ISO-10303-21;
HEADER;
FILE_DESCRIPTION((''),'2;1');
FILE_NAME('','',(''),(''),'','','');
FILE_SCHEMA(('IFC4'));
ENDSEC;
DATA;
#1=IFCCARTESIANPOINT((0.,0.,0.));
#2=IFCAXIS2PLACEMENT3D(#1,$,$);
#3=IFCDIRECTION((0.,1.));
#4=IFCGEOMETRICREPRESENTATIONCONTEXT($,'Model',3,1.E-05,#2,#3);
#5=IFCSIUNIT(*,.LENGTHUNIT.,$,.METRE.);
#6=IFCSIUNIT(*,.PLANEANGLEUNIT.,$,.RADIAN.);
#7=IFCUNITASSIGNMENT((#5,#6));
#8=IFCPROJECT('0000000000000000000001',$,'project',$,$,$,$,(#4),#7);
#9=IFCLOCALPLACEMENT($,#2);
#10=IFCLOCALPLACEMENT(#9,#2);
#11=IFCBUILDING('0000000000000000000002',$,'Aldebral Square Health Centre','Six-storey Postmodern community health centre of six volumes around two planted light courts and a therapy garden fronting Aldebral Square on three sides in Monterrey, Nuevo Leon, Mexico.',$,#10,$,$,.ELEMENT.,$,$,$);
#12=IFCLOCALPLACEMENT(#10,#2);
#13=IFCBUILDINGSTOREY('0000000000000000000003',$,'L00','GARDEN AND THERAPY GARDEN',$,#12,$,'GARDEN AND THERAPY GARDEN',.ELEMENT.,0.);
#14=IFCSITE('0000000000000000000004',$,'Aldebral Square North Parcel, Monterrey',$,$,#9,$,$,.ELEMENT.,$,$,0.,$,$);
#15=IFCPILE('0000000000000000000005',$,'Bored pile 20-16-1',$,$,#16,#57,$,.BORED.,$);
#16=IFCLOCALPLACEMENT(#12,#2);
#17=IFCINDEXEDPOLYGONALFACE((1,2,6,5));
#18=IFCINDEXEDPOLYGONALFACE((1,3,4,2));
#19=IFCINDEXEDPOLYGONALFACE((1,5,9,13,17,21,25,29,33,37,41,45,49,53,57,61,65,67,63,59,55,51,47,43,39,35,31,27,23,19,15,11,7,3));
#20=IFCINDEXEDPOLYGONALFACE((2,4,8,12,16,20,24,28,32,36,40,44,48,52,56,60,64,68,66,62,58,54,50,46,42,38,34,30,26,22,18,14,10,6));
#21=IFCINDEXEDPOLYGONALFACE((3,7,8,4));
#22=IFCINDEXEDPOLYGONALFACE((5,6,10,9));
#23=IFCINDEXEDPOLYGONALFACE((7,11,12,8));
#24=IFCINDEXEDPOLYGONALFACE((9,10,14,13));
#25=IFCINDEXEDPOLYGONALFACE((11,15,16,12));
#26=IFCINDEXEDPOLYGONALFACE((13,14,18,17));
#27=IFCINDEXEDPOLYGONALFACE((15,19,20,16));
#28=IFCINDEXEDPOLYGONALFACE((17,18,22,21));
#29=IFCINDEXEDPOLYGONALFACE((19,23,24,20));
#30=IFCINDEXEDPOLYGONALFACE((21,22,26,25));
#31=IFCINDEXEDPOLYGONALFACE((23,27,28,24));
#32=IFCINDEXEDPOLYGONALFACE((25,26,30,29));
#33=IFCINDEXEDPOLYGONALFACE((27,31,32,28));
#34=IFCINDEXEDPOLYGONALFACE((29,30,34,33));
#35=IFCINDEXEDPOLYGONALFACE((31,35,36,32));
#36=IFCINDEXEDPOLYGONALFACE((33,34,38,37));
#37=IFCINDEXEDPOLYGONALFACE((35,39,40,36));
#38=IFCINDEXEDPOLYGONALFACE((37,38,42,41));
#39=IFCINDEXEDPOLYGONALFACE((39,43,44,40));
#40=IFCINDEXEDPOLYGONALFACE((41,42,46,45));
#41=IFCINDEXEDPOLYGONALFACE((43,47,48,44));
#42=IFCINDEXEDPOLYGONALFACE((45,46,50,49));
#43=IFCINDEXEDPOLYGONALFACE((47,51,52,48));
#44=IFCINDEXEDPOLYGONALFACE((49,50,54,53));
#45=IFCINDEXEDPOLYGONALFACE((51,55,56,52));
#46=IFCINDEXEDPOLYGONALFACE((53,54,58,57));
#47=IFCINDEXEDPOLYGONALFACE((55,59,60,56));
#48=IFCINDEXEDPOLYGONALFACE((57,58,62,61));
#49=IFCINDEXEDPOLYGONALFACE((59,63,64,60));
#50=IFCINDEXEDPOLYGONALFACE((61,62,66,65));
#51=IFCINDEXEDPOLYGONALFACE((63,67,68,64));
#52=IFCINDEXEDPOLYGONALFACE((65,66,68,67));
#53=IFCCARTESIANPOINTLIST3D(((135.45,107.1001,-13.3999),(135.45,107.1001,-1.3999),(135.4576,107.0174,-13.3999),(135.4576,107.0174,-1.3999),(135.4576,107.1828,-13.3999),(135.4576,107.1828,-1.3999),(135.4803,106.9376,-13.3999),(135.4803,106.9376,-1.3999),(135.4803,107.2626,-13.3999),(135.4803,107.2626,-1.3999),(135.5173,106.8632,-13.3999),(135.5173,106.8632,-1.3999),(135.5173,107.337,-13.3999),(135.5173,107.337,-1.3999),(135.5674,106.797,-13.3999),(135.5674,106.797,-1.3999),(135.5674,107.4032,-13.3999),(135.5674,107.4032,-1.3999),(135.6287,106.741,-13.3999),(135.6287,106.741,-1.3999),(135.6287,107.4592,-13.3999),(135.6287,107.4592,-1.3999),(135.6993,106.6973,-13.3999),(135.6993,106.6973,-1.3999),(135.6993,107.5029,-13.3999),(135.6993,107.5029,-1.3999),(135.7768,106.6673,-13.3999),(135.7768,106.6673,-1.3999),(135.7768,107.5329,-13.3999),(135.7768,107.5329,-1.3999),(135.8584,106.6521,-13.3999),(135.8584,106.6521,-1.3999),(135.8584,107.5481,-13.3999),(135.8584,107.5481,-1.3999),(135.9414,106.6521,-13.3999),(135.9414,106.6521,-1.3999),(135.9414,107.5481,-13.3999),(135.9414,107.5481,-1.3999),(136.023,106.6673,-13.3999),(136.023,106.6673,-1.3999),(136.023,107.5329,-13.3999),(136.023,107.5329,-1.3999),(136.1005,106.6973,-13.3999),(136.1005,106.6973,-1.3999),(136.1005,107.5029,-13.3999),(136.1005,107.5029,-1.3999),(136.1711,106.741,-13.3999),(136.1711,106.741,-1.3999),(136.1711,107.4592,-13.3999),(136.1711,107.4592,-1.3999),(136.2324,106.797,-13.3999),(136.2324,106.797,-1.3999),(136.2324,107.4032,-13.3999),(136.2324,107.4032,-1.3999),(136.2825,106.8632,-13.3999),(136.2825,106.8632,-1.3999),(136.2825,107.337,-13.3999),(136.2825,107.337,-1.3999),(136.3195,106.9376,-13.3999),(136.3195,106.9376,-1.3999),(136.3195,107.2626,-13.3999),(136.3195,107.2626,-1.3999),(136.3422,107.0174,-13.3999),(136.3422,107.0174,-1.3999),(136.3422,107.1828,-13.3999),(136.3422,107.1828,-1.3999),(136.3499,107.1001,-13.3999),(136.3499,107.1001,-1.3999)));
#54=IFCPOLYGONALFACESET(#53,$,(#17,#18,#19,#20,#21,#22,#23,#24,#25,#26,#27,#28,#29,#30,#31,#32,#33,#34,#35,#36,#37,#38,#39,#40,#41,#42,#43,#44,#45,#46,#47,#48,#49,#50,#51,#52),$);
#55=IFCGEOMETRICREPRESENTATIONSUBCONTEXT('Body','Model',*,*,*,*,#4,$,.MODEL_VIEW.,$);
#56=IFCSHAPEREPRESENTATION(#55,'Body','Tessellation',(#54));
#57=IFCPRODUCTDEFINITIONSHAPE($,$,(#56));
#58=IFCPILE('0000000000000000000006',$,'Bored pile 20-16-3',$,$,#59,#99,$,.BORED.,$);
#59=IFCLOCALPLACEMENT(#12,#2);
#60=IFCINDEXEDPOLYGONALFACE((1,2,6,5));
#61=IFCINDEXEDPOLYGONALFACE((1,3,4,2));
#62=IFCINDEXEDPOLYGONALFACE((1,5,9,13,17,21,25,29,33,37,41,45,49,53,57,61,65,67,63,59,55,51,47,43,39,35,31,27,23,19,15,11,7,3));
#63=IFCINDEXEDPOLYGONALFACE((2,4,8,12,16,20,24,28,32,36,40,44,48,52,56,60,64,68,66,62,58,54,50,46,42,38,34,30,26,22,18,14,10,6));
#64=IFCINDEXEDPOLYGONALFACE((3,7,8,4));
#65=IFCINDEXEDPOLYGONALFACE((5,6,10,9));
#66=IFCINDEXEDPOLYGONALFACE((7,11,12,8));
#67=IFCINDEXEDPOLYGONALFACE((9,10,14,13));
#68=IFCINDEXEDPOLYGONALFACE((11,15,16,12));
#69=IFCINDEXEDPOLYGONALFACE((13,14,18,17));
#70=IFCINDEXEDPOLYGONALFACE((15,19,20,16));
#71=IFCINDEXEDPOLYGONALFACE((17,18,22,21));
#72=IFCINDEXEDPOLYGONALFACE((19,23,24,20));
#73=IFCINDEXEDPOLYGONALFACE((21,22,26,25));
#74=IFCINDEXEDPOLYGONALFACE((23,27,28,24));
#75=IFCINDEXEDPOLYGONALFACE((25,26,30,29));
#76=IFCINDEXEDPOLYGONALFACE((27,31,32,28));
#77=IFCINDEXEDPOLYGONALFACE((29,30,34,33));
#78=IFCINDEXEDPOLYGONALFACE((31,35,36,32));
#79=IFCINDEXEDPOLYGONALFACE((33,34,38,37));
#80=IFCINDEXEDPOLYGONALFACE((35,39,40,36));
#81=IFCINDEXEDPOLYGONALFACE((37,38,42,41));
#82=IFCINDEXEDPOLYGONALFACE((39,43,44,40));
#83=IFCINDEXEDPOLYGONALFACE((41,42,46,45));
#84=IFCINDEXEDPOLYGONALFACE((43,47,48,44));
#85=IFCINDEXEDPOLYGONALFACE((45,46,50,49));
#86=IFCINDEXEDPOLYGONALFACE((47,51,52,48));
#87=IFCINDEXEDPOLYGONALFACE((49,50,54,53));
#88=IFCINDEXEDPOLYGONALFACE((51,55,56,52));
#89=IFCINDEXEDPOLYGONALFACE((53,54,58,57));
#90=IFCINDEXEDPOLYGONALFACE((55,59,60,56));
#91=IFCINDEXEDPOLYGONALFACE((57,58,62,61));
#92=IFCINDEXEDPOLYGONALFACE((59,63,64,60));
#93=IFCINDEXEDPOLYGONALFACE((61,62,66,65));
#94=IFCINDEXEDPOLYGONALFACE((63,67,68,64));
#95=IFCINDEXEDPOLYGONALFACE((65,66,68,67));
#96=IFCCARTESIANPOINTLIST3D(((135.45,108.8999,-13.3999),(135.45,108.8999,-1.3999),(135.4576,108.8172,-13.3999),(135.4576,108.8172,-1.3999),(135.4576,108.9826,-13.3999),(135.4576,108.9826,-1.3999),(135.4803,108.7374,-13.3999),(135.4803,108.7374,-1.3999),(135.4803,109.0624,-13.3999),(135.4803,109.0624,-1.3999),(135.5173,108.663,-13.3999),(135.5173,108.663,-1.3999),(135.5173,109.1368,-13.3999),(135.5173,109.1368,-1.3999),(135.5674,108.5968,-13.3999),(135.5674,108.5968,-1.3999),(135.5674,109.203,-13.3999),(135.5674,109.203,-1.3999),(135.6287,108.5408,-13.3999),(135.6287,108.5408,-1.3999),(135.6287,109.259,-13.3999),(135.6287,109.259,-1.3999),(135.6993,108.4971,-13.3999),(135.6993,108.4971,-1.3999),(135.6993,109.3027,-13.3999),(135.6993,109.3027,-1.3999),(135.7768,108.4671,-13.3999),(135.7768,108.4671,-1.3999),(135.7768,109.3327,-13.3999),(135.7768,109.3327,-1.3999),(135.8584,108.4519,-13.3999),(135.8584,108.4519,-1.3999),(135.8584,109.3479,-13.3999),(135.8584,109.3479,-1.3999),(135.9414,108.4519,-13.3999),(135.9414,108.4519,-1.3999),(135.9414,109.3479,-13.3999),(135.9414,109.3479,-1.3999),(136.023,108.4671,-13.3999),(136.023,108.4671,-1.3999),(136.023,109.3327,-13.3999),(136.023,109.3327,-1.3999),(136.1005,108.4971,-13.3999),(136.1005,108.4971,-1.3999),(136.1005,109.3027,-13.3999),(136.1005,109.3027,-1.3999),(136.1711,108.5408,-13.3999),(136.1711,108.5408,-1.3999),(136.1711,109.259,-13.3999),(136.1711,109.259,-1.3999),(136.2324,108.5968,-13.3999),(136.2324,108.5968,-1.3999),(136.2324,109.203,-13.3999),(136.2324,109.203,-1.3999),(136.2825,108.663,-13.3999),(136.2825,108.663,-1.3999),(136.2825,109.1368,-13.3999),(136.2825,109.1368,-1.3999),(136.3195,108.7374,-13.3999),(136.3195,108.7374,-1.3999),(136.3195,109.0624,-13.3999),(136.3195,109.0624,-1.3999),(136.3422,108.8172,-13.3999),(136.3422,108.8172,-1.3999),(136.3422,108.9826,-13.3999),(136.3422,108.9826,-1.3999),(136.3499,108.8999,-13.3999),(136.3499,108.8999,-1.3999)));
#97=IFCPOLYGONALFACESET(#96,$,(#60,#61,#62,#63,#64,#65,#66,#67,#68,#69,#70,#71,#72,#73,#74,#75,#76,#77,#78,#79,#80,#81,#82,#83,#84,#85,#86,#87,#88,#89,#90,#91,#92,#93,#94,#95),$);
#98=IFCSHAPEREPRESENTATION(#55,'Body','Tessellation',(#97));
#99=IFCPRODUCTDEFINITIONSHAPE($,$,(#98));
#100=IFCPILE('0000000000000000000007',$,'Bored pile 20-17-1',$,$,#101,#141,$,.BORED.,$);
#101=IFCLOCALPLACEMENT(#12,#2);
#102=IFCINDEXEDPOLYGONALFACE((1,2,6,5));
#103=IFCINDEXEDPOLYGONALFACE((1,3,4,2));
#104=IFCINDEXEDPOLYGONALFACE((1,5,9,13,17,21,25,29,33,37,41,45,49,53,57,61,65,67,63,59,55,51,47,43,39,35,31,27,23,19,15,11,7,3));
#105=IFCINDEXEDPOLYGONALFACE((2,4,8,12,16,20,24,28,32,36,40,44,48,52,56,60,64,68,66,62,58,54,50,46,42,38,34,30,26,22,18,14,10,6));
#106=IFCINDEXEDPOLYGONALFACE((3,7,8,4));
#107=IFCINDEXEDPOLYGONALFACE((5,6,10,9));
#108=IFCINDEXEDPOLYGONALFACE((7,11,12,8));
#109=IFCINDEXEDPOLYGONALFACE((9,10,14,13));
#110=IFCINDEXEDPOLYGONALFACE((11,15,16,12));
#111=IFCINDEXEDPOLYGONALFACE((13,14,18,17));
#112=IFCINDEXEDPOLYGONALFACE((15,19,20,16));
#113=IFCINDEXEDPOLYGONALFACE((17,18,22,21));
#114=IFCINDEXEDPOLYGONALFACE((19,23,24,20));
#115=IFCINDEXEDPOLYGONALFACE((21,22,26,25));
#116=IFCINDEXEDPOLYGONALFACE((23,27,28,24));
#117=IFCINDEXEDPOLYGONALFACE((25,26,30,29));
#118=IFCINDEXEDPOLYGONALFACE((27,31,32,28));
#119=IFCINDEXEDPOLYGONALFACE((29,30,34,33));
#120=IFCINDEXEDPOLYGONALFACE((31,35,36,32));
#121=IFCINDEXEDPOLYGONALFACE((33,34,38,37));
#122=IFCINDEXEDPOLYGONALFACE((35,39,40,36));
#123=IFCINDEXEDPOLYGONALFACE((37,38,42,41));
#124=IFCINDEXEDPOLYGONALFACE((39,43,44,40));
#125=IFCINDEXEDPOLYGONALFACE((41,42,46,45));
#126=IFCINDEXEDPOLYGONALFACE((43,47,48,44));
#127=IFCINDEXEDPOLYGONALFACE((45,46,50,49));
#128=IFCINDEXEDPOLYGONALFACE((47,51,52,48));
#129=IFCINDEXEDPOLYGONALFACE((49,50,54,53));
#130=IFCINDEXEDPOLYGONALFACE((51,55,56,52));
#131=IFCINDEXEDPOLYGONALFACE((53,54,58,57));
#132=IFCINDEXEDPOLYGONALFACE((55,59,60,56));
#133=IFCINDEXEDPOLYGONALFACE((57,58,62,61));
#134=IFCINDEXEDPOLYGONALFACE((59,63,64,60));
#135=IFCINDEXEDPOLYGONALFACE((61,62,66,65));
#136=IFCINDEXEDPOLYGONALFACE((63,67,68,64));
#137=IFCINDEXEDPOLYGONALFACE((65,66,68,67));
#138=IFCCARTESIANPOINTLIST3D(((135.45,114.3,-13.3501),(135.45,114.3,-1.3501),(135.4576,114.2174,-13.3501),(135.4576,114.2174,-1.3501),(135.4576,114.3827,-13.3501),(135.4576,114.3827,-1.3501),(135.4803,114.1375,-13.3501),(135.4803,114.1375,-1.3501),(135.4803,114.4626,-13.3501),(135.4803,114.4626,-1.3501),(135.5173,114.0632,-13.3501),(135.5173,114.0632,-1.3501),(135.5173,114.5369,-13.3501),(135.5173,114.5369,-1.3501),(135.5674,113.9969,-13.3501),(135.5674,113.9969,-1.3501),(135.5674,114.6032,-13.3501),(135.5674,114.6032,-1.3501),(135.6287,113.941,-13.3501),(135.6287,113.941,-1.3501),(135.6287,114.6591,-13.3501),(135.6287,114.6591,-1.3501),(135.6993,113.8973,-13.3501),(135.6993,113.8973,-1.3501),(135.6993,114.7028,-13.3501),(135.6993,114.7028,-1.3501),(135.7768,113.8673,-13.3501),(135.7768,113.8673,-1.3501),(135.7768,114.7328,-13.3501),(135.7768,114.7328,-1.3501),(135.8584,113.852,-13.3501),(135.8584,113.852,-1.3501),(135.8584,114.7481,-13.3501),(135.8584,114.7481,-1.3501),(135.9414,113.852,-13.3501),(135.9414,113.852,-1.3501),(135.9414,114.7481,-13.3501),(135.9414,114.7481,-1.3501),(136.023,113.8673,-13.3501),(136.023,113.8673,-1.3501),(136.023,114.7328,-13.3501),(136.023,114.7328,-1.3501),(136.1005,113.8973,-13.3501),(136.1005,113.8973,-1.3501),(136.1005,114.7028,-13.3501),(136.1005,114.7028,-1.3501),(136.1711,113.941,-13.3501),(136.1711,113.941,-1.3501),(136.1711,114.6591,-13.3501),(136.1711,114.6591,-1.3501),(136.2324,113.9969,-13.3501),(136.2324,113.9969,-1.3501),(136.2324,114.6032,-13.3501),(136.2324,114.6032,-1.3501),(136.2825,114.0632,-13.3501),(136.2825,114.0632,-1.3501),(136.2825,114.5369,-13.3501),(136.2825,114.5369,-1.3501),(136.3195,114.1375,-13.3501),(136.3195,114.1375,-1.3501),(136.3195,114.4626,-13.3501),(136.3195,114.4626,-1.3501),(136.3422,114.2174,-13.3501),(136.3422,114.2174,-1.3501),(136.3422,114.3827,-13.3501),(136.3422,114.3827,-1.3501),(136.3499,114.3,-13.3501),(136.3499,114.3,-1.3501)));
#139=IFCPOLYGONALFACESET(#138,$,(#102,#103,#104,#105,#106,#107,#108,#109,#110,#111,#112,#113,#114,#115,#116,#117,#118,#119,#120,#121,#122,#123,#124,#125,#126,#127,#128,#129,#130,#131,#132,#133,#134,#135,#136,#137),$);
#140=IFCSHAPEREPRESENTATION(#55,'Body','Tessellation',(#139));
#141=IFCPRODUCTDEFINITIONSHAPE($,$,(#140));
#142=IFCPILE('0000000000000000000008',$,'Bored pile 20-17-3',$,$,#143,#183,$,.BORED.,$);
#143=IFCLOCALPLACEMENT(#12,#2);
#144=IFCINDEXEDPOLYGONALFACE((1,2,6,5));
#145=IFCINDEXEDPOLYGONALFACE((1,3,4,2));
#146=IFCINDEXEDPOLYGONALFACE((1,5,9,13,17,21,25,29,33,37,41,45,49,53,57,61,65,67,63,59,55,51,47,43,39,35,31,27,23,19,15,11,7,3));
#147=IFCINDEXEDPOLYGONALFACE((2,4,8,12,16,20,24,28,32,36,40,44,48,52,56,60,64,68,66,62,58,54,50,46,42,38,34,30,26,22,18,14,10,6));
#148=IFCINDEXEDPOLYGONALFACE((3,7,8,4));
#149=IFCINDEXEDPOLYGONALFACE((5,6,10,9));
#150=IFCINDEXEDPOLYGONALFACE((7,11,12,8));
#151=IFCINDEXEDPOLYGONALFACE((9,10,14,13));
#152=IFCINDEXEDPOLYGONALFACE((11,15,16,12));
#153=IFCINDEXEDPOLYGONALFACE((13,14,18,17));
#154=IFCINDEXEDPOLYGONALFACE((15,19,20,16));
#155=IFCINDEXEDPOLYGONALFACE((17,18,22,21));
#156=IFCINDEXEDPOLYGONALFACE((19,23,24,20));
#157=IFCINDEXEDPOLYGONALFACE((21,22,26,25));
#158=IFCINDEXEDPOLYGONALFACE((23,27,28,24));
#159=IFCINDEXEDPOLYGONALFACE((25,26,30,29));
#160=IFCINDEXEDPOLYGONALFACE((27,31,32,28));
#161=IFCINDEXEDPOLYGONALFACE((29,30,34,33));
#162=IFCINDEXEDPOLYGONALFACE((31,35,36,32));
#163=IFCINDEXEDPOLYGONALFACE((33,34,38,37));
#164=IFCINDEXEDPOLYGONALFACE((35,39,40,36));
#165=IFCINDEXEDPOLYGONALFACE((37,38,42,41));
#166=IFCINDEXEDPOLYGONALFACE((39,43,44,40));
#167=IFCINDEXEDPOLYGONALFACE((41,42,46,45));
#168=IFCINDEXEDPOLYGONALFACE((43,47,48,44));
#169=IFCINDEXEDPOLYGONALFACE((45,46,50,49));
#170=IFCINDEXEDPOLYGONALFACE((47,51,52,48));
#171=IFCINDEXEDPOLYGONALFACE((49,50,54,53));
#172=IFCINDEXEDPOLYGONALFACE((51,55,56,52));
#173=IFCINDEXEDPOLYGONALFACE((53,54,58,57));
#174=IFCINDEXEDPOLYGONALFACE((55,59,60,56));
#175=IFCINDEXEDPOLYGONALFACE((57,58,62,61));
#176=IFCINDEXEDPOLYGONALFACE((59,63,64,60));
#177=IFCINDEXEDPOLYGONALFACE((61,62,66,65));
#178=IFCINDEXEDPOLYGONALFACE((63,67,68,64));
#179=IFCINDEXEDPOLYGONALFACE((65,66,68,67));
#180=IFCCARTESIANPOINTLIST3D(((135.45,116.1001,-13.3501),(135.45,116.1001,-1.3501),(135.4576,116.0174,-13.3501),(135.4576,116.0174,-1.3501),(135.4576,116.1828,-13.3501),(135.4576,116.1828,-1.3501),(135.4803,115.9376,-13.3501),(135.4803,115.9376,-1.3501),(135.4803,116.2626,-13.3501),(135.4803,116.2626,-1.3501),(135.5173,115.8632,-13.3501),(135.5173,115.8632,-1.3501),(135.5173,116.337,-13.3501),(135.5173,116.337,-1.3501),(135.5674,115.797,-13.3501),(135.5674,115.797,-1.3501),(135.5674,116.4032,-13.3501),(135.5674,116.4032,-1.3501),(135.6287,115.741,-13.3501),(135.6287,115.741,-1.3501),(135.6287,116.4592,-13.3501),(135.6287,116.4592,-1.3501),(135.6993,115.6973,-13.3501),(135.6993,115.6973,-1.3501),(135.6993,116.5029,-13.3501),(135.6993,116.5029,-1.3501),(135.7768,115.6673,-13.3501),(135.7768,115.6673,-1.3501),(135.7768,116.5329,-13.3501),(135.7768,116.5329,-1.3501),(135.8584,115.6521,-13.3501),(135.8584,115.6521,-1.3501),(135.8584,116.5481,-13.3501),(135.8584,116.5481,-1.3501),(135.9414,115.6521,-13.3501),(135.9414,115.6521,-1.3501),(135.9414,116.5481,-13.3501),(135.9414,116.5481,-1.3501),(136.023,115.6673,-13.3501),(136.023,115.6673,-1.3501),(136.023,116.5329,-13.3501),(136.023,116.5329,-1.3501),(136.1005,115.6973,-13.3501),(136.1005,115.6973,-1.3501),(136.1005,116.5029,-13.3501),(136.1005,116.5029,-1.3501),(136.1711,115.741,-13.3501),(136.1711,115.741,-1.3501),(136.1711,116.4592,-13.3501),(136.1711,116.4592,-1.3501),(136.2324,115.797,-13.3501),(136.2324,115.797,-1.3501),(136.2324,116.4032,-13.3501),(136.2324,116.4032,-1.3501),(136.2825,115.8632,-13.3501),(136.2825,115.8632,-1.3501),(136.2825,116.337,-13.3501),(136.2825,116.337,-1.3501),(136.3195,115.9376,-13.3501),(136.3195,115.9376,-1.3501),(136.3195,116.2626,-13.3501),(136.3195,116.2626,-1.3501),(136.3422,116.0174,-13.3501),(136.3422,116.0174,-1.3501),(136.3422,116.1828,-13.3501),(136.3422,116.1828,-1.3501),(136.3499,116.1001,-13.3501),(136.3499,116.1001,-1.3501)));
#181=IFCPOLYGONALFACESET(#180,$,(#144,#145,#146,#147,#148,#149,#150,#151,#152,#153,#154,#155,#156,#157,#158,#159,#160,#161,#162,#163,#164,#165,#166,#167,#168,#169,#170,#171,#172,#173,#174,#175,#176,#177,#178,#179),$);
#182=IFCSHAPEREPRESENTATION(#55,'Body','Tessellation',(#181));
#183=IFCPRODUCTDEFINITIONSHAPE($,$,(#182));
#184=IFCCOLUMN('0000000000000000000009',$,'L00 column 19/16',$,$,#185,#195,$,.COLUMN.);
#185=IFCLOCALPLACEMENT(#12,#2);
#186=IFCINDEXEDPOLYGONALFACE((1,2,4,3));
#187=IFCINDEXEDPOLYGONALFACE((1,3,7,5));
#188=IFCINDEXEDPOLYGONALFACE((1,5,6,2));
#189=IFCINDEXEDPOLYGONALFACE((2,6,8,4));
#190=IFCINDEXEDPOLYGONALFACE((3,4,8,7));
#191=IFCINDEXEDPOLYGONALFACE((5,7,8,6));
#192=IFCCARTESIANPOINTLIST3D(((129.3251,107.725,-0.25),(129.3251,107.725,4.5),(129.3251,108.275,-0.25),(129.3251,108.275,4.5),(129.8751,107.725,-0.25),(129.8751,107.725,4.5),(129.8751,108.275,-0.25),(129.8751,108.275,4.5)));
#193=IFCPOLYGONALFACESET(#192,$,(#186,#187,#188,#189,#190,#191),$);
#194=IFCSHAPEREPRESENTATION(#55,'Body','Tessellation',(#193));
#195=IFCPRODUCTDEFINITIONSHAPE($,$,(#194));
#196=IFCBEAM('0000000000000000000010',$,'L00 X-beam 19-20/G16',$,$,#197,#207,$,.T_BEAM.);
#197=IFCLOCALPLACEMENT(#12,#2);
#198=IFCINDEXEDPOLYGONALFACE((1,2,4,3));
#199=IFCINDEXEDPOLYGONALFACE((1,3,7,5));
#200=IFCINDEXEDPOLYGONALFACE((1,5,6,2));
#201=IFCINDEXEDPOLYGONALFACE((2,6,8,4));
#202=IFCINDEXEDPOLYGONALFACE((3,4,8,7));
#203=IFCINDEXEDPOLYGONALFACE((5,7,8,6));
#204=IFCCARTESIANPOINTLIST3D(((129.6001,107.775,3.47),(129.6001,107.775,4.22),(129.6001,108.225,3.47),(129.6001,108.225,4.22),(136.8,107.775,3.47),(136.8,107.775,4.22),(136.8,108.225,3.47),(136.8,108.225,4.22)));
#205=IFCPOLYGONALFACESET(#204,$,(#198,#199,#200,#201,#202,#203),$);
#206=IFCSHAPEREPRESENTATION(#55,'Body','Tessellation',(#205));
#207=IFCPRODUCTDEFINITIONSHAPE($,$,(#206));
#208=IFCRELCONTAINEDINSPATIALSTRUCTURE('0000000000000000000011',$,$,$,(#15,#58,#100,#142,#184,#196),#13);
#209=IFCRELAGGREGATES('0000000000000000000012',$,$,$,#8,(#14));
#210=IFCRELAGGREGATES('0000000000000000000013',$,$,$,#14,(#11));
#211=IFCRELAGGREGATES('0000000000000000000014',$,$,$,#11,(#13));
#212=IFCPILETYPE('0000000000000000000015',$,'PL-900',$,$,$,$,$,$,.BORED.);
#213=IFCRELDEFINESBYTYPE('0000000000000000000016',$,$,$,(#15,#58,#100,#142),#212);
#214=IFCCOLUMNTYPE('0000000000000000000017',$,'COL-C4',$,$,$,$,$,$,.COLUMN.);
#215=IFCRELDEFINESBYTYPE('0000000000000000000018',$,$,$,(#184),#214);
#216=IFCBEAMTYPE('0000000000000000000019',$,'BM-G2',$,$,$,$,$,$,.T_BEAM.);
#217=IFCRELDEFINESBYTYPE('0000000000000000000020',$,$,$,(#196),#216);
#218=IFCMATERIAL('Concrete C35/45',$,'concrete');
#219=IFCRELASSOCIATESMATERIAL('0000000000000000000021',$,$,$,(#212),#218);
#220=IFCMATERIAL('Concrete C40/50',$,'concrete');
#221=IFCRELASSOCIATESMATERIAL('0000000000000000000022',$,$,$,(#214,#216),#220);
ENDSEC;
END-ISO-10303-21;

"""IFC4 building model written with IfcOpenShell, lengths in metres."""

from ifc_helpers import new_model, si_unit, direction, frame, origin, origin_2d, place, context, subcontext, project, spatial, rectangle, circle, extrude, material, material_profile, profile_set, type_object, element, save


model = new_model("IFC4")

# Units and contexts
model_context = context("Model", 3, precision=1e-05, world=origin(), true_north=direction((0.0, 1.0)))
body_context = subcontext(model_context, "Body", "Model", "MODEL_VIEW")
ifc_project = project(units=[si_unit("LENGTHUNIT", "METRE"), si_unit("PLANEANGLEUNIT", "RADIAN")], contexts=[model_context])

# Site, building, storey
site_placement = place(None, origin())
site = spatial("IfcSite", under=ifc_project, at=site_placement, Name="Aldebral Square North Parcel, Monterrey", CompositionType="ELEMENT", RefElevation=0.0)
building_placement = place(site_placement, origin())
building = spatial("IfcBuilding", under=site, at=building_placement, Name="Aldebral Square Health Centre", Description="Six-storey Postmodern community health centre of six volumes around two planted light courts and a therapy garden fronting Aldebral Square on three sides in Monterrey, Nuevo Leon, Mexico.", CompositionType="ELEMENT")
storey_placement = place(building_placement, origin())
storey = spatial("IfcBuildingStorey", under=building, at=storey_placement, Name="L00", Description="GARDEN AND THERAPY GARDEN", LongName="GARDEN AND THERAPY GARDEN", CompositionType="ELEMENT", Elevation=0.0)

# Shared definitions
ifc_material_1 = material(Name="Concrete C35/45", Category="concrete")

# Piles
ifc_material_profile_1 = material_profile(ifc_material_1, circle(Radius=0.45, at=origin_2d()), Name="PILE D900")
ifc_profile_set_1 = profile_set([ifc_material_profile_1], Name="Concrete C35/45")
pile_type_1 = type_object("IfcPileType", Name="PL-900", PredefinedType="BORED", material=ifc_profile_set_1)
for number, where, z_axis, x_axis, name in (
    (1, (135.8999, 107.1001, -1.3999), (0.0, 0.0, -1.0), (1.0, 0.0, 0.0), "Bored pile 20-16-1"),
    (2, (135.8999, 108.8999, -1.3999), (0.0, 0.0, -1.0), (1.0, 0.0, 0.0), "Bored pile 20-16-3"),
    (3, (135.8999, 114.3, -1.3501), (0.0, 0.0, -1.0), (1.0, 0.0, 0.0), "Bored pile 20-17-1"),
    (4, (135.8999, 116.1001, -1.3501), (0.0, 0.0, -1.0), (1.0, 0.0, 0.0), "Bored pile 20-17-3"),
):
    element("IfcPile", number, at=place(storey_placement, frame(where, z_axis=z_axis, x_axis=x_axis)), inside=storey, type_object=pile_type_1, Name=name, PredefinedType="BORED", context=body_context, shape_type="SweptSolid", body=[
        extrude(circle(Radius=0.45, at=origin_2d()), origin(), (0.0, 0.0, 1.0), 12.0),
    ])

# Column
ifc_material_2 = material(Name="Concrete C40/50", Category="concrete")
ifc_material_profile_2 = material_profile(ifc_material_2, rectangle(XDim=0.55, YDim=0.55, at=origin_2d()), Name="RC 550x550")
ifc_profile_set_2 = profile_set([ifc_material_profile_2], Name="Concrete C40/50")
column_type = type_object("IfcColumnType", Name="COL-C4", PredefinedType="COLUMN", material=ifc_profile_set_2)
column_placement = place(storey_placement, frame((129.6001, 108.0, -0.25), z_axis=(0.0, 0.0, 1.0), x_axis=(1.0, 0.0, 0.0)))
element("IfcColumn", 5, at=column_placement, inside=storey, type_object=column_type, Name="L00 column 19/16", PredefinedType="COLUMN", context=body_context, shape_type="SweptSolid", body=[
    extrude(rectangle(XDim=0.55, YDim=0.55, at=origin_2d()), origin(), (0.0, 0.0, 1.0), 4.75),
])

# Beam
ifc_material_profile_3 = material_profile(ifc_material_2, rectangle(XDim=0.45, YDim=0.75, at=origin_2d()), Name="RC 450x750")
ifc_profile_set_3 = profile_set([ifc_material_profile_3], Name="Concrete C40/50")
beam_type = type_object("IfcBeamType", Name="BM-G2", PredefinedType="T_BEAM", material=ifc_profile_set_3)
beam_placement = place(storey_placement, frame((129.6001, 108.0, 3.845), z_axis=(1.0, 0.0, 0.0), x_axis=(0.0, 1.0, 0.0)))
element("IfcBeam", 6, at=beam_placement, inside=storey, type_object=beam_type, Name="L00 X-beam 19-20/G16", PredefinedType="T_BEAM", context=body_context, shape_type="SweptSolid", body=[
    extrude(rectangle(XDim=0.45, YDim=0.75, at=origin_2d()), origin(), (0.0, 0.0, 1.0), 7.2),
])

save(model, "model.ifc")
